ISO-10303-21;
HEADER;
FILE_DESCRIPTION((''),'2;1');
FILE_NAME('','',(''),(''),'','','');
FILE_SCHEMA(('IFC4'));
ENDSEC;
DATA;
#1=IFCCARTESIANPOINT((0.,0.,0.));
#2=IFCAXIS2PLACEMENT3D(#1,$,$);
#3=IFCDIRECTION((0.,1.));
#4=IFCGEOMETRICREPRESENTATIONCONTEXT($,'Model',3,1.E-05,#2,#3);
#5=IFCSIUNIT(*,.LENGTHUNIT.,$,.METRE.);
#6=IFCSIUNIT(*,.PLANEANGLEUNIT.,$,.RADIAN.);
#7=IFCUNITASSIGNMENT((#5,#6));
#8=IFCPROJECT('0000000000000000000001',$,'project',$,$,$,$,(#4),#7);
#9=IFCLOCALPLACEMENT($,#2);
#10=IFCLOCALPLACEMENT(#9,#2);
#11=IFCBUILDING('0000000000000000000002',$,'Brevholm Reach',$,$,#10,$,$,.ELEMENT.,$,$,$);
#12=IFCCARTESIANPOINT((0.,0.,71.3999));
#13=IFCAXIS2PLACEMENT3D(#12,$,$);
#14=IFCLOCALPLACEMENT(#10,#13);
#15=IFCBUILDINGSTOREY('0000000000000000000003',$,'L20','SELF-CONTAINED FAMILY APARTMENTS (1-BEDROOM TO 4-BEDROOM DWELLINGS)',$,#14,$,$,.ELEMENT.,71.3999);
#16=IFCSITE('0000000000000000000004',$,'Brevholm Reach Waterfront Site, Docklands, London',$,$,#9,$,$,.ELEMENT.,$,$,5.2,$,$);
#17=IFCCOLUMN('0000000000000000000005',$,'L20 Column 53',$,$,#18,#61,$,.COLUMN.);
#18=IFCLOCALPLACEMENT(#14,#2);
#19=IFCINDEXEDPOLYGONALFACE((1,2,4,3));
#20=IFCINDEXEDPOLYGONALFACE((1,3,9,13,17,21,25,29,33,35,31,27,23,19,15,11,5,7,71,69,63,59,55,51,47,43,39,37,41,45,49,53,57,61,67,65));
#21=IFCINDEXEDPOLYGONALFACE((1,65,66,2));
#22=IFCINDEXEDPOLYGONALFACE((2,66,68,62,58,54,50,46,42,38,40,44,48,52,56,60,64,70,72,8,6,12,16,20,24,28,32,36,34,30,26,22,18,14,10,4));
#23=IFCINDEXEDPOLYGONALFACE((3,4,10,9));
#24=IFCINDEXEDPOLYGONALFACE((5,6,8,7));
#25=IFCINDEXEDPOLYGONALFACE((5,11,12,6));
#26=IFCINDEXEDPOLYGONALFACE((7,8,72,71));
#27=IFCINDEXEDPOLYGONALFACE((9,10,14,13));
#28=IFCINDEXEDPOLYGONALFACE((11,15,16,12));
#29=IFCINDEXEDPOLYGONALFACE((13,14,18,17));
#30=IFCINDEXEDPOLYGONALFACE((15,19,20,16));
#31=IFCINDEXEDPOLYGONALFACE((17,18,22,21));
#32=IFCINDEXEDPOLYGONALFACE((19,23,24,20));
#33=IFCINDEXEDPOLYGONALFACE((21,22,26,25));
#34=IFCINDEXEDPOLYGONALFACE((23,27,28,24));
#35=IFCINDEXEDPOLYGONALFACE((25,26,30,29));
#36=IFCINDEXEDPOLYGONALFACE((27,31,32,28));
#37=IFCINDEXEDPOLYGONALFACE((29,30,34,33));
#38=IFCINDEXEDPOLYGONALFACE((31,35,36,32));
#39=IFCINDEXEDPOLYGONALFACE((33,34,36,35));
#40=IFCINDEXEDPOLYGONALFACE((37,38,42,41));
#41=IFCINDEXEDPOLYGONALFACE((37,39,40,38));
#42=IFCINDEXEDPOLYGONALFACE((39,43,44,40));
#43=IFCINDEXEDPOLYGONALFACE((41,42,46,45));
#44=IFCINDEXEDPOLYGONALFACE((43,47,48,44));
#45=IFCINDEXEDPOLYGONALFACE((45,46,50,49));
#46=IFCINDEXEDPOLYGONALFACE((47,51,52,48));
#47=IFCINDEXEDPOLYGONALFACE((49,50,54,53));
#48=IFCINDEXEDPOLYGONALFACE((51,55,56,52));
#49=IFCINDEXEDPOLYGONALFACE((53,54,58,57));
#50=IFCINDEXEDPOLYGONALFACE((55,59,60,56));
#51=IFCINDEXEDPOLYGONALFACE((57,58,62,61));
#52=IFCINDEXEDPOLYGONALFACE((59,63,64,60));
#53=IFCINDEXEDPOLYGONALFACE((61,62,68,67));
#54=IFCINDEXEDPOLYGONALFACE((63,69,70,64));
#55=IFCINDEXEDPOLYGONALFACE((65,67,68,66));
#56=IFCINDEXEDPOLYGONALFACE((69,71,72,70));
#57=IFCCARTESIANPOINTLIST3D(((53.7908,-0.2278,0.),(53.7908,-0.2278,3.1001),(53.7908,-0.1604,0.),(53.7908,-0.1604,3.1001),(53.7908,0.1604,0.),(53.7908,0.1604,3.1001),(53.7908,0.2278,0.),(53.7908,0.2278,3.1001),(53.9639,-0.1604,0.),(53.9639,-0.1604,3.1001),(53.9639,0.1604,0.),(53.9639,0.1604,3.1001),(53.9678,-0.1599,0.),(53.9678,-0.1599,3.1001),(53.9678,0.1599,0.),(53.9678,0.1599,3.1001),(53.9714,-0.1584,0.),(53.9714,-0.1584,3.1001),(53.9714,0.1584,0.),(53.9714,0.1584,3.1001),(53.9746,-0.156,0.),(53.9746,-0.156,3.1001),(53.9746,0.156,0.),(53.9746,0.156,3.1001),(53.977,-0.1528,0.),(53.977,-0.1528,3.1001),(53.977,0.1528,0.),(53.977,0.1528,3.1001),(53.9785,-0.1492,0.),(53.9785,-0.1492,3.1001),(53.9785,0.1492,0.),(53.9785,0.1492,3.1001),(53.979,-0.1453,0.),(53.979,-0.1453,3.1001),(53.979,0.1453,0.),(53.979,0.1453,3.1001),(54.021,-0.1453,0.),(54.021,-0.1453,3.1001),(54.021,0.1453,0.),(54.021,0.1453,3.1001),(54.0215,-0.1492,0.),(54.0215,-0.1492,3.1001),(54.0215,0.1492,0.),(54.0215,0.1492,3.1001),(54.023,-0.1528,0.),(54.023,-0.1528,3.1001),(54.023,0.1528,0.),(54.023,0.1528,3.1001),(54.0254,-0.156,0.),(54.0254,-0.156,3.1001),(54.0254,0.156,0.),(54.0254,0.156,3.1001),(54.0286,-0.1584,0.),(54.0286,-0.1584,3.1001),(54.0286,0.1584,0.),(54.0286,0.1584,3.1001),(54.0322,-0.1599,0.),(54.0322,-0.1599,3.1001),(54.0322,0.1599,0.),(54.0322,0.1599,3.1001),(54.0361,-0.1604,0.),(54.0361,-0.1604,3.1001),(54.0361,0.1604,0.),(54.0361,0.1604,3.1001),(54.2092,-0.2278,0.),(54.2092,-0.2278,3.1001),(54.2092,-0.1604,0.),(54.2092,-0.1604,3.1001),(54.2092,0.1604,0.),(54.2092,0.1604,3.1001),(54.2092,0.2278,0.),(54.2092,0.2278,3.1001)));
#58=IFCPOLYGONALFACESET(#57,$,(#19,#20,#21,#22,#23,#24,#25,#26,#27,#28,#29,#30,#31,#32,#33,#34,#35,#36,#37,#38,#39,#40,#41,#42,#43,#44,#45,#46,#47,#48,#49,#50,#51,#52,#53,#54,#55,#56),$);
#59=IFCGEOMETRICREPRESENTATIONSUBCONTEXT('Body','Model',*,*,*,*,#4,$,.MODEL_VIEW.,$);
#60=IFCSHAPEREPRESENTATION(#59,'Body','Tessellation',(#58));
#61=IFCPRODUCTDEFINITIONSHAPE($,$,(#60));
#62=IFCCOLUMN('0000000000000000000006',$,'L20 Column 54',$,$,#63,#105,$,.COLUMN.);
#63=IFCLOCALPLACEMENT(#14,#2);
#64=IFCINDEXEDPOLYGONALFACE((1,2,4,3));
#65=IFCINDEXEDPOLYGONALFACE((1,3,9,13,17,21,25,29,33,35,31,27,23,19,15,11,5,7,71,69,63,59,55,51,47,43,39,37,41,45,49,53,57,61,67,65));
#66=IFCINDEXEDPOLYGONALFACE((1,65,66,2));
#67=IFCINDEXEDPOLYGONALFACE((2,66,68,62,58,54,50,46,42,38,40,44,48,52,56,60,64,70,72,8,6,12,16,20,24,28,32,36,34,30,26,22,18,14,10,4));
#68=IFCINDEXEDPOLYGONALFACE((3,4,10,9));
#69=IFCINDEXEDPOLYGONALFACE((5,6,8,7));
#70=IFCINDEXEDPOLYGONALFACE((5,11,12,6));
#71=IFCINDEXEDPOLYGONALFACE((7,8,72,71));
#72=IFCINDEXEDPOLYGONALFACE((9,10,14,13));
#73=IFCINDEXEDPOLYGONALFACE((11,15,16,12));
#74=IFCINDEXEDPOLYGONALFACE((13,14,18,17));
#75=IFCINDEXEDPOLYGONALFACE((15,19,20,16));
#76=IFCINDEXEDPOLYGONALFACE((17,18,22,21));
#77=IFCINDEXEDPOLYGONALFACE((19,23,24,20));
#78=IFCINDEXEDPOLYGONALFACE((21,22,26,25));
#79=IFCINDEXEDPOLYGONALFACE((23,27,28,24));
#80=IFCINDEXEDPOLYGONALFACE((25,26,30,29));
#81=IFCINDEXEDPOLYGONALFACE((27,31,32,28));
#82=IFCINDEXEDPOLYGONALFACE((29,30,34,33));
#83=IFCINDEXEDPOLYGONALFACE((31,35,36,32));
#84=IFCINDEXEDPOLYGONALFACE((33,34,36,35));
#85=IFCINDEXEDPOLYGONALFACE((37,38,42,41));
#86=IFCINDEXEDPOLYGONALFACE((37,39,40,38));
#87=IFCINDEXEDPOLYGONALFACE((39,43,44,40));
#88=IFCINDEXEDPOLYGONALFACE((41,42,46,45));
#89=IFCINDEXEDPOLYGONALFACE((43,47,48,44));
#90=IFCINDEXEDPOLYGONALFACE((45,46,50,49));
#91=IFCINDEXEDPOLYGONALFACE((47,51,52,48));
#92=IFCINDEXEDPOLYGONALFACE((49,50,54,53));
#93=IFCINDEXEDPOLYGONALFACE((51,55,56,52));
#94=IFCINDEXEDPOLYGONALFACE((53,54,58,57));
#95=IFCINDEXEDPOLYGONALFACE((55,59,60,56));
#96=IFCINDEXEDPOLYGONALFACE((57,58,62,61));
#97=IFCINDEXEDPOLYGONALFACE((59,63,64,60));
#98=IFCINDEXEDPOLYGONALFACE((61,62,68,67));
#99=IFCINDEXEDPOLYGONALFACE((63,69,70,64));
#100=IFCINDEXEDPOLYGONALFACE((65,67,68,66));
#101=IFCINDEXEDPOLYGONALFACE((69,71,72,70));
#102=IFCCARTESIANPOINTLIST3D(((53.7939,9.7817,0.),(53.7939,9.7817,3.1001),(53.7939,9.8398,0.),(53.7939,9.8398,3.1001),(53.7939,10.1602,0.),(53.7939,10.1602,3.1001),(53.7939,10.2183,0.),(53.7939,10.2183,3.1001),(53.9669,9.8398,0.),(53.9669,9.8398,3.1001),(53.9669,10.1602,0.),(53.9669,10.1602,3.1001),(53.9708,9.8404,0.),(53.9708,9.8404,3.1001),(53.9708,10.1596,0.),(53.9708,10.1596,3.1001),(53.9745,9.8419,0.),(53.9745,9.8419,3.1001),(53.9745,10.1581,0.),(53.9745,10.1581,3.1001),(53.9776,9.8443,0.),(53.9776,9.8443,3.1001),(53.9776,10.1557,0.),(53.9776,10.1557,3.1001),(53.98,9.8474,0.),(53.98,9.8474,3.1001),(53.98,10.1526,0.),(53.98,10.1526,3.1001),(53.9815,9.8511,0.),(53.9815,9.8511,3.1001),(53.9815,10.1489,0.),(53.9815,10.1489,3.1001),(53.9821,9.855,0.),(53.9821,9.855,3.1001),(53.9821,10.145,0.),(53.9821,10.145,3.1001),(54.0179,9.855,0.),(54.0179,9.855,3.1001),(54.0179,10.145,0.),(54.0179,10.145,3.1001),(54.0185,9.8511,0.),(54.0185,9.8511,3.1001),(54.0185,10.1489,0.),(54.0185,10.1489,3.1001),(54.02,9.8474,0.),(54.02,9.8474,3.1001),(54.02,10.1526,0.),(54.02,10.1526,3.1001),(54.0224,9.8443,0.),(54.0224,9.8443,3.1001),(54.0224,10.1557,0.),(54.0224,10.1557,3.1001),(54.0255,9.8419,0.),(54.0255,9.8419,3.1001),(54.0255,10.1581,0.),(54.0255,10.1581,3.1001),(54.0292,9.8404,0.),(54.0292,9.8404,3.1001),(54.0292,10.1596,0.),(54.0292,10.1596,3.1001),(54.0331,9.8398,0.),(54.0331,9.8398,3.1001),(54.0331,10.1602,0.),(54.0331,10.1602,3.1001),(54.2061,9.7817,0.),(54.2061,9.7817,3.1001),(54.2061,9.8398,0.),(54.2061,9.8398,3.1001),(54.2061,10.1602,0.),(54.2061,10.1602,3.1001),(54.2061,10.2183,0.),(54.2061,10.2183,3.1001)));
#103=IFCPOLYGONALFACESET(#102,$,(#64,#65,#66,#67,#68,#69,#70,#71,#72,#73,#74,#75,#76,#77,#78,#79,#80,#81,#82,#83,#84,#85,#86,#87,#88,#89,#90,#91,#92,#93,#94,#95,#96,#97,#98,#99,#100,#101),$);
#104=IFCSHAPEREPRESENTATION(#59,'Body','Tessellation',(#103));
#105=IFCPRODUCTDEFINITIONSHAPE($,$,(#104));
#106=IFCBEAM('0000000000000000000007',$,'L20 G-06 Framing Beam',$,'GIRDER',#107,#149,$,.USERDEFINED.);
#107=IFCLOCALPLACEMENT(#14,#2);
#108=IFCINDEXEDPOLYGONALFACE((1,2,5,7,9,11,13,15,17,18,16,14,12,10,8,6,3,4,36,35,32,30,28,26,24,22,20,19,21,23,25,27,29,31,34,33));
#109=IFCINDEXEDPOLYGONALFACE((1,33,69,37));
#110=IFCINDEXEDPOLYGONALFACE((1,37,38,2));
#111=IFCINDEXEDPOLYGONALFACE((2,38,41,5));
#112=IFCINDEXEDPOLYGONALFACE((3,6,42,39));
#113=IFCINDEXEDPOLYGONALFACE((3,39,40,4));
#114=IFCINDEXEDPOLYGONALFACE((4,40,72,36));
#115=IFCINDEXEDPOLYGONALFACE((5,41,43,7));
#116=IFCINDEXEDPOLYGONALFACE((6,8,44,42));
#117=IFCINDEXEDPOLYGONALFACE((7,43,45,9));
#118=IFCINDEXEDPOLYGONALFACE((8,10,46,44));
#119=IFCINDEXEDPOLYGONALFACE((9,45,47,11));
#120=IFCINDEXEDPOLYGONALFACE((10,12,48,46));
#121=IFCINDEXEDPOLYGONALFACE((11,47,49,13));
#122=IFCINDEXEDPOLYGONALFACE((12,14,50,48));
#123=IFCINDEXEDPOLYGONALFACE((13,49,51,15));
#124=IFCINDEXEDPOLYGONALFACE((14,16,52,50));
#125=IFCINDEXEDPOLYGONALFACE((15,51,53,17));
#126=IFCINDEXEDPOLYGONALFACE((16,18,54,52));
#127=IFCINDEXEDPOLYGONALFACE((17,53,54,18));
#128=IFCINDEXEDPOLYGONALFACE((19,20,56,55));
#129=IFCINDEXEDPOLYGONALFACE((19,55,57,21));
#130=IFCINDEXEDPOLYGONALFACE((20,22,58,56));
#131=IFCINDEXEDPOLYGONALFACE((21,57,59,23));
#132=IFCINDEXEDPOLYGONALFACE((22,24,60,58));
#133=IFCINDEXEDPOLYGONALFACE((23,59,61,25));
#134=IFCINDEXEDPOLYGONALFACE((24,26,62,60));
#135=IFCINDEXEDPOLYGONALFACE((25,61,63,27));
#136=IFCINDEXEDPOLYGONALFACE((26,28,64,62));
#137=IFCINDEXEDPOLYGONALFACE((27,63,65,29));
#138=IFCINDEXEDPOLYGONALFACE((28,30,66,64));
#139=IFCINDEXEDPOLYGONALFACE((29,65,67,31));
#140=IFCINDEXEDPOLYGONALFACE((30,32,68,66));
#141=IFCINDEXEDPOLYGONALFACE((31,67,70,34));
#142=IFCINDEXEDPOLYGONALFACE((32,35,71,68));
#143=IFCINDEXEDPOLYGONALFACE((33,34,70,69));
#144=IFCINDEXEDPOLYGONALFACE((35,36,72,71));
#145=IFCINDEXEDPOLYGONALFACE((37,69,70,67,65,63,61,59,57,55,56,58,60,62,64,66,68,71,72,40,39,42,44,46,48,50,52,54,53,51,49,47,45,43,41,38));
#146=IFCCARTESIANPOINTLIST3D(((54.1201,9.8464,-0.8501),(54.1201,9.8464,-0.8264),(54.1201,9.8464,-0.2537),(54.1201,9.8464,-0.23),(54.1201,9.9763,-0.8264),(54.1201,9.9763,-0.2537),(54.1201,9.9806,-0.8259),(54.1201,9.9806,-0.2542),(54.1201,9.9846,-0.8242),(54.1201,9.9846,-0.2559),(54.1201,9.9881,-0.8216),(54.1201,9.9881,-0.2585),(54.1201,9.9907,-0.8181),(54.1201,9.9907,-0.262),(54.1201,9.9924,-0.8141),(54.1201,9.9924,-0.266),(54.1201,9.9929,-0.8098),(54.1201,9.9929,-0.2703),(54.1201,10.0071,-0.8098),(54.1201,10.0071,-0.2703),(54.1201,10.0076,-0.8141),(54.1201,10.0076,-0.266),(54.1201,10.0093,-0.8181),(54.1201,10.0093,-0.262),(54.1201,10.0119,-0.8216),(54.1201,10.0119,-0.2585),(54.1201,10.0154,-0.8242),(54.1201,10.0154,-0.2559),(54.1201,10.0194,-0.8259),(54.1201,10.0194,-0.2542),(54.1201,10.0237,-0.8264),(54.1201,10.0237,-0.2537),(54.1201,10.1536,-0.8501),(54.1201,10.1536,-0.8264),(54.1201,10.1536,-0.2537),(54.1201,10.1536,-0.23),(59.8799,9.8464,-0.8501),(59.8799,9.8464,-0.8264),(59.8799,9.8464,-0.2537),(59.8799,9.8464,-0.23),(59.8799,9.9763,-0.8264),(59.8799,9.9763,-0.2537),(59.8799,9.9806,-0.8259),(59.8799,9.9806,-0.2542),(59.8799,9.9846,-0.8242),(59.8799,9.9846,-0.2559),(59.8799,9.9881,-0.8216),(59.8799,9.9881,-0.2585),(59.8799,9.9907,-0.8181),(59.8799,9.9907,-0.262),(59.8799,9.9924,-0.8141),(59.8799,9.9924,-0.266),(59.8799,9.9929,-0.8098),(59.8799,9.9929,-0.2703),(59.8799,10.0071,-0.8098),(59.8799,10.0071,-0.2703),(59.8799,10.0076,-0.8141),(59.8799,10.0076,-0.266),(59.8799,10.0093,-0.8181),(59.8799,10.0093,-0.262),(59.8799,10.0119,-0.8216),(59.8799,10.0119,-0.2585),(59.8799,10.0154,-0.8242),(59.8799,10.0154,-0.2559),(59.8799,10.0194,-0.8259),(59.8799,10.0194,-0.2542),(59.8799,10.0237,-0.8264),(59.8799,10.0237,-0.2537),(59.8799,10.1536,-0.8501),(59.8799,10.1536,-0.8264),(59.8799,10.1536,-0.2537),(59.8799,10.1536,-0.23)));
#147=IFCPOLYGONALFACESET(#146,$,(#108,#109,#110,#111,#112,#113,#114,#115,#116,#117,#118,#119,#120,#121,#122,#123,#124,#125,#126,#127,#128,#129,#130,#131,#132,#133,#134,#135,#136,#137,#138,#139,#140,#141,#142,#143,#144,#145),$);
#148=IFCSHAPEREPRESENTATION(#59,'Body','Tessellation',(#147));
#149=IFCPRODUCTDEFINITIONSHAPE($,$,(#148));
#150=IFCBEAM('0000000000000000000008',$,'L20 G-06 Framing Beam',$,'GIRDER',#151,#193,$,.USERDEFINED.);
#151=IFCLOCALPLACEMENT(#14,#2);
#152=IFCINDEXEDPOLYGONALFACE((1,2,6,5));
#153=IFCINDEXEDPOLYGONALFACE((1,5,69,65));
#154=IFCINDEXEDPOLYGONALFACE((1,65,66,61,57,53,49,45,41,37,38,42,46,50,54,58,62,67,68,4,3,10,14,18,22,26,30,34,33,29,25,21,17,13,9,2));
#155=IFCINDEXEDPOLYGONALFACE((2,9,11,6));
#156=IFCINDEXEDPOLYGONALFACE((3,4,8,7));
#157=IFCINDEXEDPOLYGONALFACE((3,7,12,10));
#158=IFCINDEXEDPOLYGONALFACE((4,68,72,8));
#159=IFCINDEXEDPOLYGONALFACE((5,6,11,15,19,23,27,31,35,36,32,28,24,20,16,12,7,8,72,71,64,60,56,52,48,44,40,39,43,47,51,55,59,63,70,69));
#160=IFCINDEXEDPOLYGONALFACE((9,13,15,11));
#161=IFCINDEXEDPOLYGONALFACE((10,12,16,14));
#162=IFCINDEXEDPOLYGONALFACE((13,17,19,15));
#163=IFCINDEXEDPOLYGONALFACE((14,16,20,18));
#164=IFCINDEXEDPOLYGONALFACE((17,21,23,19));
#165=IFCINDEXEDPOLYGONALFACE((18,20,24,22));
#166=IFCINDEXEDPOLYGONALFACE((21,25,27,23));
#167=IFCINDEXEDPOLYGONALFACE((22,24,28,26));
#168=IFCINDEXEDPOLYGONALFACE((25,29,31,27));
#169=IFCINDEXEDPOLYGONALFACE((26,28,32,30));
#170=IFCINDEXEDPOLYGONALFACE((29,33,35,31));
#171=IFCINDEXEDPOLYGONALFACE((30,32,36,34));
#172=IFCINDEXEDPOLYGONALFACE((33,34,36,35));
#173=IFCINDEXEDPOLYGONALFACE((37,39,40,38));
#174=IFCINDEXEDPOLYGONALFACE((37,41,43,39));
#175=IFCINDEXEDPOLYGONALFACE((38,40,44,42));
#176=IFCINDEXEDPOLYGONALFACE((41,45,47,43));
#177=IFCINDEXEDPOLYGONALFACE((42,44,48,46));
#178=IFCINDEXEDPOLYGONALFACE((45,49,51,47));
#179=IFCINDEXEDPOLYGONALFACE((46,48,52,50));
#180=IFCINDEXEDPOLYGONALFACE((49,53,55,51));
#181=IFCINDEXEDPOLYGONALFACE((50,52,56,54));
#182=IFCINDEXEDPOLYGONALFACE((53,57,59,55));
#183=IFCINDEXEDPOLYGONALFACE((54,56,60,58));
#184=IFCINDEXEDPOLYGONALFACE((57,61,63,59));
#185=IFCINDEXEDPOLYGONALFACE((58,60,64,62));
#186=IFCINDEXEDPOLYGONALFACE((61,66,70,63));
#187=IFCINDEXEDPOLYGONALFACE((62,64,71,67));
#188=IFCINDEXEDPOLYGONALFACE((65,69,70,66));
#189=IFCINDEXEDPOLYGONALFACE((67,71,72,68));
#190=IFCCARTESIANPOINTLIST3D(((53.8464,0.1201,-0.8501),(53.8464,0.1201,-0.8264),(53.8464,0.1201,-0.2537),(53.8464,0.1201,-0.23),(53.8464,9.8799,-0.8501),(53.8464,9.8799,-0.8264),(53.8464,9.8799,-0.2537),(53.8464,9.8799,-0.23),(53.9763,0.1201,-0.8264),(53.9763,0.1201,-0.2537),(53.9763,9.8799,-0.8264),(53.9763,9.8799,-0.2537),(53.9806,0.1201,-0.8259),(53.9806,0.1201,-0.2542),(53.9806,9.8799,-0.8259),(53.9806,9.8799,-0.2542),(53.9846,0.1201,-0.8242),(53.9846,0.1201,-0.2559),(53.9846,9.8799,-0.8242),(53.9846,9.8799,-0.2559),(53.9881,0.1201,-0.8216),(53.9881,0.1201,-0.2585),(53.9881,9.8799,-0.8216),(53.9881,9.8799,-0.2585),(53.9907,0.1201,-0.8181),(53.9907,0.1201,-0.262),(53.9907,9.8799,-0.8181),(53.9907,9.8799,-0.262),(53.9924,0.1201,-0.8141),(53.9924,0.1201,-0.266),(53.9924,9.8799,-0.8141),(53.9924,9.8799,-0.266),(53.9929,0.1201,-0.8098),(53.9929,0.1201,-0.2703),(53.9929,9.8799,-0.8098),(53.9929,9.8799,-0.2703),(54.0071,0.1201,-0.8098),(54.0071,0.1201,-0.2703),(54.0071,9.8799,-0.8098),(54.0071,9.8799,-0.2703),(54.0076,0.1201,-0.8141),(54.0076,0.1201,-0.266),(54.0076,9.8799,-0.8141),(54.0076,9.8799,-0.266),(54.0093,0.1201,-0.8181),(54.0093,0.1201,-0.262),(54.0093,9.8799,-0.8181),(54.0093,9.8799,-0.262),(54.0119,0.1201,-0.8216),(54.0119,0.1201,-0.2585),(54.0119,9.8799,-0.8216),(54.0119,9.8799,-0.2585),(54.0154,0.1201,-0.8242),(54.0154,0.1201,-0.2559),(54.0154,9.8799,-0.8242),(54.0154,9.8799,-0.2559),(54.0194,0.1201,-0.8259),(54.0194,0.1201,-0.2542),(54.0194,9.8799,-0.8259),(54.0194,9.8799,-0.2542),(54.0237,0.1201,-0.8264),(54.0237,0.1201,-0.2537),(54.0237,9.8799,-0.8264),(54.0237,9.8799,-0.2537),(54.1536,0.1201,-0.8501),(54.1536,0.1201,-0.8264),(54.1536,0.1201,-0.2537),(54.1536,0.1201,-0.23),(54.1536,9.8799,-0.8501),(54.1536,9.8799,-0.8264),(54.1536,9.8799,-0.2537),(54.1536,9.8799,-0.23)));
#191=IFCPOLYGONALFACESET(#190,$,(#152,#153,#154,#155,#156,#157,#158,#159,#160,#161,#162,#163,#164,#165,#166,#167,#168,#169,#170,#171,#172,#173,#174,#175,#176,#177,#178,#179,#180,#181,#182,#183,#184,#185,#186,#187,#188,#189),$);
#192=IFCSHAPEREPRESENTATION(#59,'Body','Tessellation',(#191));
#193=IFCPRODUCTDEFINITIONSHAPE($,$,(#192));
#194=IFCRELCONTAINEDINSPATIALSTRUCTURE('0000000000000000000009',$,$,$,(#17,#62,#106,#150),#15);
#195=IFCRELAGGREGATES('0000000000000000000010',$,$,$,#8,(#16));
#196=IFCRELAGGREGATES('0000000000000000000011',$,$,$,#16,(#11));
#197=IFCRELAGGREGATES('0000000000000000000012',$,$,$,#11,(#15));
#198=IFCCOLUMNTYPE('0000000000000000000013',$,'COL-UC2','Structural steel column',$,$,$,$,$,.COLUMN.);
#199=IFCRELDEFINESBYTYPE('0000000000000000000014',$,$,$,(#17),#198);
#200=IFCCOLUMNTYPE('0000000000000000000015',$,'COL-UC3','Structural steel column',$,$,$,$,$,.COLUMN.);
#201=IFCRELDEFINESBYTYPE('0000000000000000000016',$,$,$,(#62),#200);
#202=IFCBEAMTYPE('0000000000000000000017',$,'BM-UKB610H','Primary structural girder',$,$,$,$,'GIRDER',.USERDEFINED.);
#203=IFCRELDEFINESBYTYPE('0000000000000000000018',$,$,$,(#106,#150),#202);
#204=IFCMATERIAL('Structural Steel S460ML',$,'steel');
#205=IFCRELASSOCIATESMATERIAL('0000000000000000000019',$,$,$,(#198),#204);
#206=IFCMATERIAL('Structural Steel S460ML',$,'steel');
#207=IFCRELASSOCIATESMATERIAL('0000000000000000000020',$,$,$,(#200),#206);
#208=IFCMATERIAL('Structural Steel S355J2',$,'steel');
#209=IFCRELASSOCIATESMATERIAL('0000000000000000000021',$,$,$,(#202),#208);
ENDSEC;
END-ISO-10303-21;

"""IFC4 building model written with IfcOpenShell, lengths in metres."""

from ifc_helpers import new_model, si_unit, direction, frame, origin, origin_2d, place, context, subcontext, project, spatial, i_section, extrude, material, material_profile, profile_set, type_object, element, save


model = new_model("IFC4")

# Units and contexts
model_context = context("Model", 3, precision=1e-05, world=origin(), true_north=direction((0.0, 1.0)))
body_context = subcontext(model_context, "Body", "Model", "MODEL_VIEW")
ifc_project = project(units=[si_unit("LENGTHUNIT", "METRE"), si_unit("PLANEANGLEUNIT", "RADIAN")], contexts=[model_context])

# Site, building, storey
site_placement = place(None, origin())
site = spatial("IfcSite", under=ifc_project, at=site_placement, Name="Brevholm Reach Waterfront Site, Docklands, London", CompositionType="ELEMENT", RefElevation=5.2)
building_placement = place(site_placement, origin())
building = spatial("IfcBuilding", under=site, at=building_placement, Name="Brevholm Reach", CompositionType="ELEMENT")
storey_placement = place(building_placement, frame((0.0, 0.0, 71.3999)))
storey = spatial("IfcBuildingStorey", under=building, at=storey_placement, Name="L20", Description="SELF-CONTAINED FAMILY APARTMENTS (1-BEDROOM TO 4-BEDROOM DWELLINGS)", CompositionType="ELEMENT", Elevation=71.3999)

# Columns
ifc_material_1 = material(Name="Structural Steel S460ML", Category="steel")
ifc_material_profile_1 = material_profile(ifc_material_1, i_section(OverallWidth=0.4185, OverallDepth=0.4556, WebThickness=0.042, FlangeThickness=0.0674, FilletRadius=0.0151, at=origin_2d()), Name="UKC 356x406x551")
ifc_profile_set_1 = profile_set([ifc_material_profile_1], Name="Structural Steel S460ML")
column_type_1 = type_object("IfcColumnType", Name="COL-UC2", Description="Structural steel column", PredefinedType="COLUMN", material=ifc_profile_set_1)
column_1_placement = place(storey_placement, frame((54.0, 0.0, 0.0), z_axis=(0.0, 0.0, 1.0), x_axis=(1.0, 0.0, 0.0)))
element("IfcColumn", 1, at=column_1_placement, inside=storey, type_object=column_type_1, Name="L20 Column 53", PredefinedType="COLUMN", context=body_context, shape_type="SweptSolid", body=[
    extrude(i_section(OverallWidth=0.4185, OverallDepth=0.4556, WebThickness=0.042, FlangeThickness=0.0674, FilletRadius=0.0151, at=origin_2d()), origin(), (0.0, 0.0, 1.0), 3.1001),
])
ifc_material_2 = material(Name="Structural Steel S460ML", Category="steel")
ifc_material_profile_2 = material_profile(ifc_material_2, i_section(OverallWidth=0.4121, OverallDepth=0.4365, WebThickness=0.0359, FlangeThickness=0.0581, FilletRadius=0.0151, at=origin_2d()), Name="UKC 356x406x467")
ifc_profile_set_2 = profile_set([ifc_material_profile_2], Name="Structural Steel S460ML")
column_type_2 = type_object("IfcColumnType", Name="COL-UC3", Description="Structural steel column", PredefinedType="COLUMN", material=ifc_profile_set_2)
column_2_placement = place(storey_placement, frame((54.0, 10.0, 0.0), z_axis=(0.0, 0.0, 1.0), x_axis=(1.0, 0.0, 0.0)))
element("IfcColumn", 2, at=column_2_placement, inside=storey, type_object=column_type_2, Name="L20 Column 54", PredefinedType="COLUMN", context=body_context, shape_type="SweptSolid", body=[
    extrude(i_section(OverallWidth=0.4121, OverallDepth=0.4365, WebThickness=0.0359, FlangeThickness=0.0581, FilletRadius=0.0151, at=origin_2d()), origin(), (0.0, 0.0, 1.0), 3.1001),
])

# Beams
ifc_material_3 = material(Name="Structural Steel S355J2", Category="steel")
ifc_material_profile_3 = material_profile(ifc_material_3, i_section(OverallWidth=0.3071, OverallDepth=0.6201, WebThickness=0.0142, FlangeThickness=0.0237, FilletRadius=0.0166, at=origin_2d()), Name="UKB 610x305x179")
ifc_profile_set_3 = profile_set([ifc_material_profile_3], Name="Structural Steel S355J2")
beam_type = type_object("IfcBeamType", Name="BM-UKB610H", Description="Primary structural girder", ElementType="GIRDER", PredefinedType="USERDEFINED", material=ifc_profile_set_3)
beam_1_placement = place(storey_placement, frame((54.1201, 10.0, -0.54), z_axis=(1.0, 0.0, 0.0), x_axis=(0.0, 1.0, 0.0)))
element("IfcBeam", 3, at=beam_1_placement, inside=storey, type_object=beam_type, Name="L20 G-06 Framing Beam", ObjectType="GIRDER", PredefinedType="USERDEFINED", context=body_context, shape_type="SweptSolid", body=[
    extrude(i_section(OverallWidth=0.3071, OverallDepth=0.6201, WebThickness=0.0142, FlangeThickness=0.0237, FilletRadius=0.0166, at=origin_2d()), origin(), (0.0, 0.0, 1.0), 5.7598),
])
beam_2_placement = place(storey_placement, frame((54.0, 0.1201, -0.54), z_axis=(0.0, 1.0, 0.0), x_axis=(-1.0, 0.0, 0.0)))
element("IfcBeam", 4, at=beam_2_placement, inside=storey, type_object=beam_type, Name="L20 G-06 Framing Beam", ObjectType="GIRDER", PredefinedType="USERDEFINED", context=body_context, shape_type="SweptSolid", body=[
    extrude(i_section(OverallWidth=0.3071, OverallDepth=0.6201, WebThickness=0.0142, FlangeThickness=0.0237, FilletRadius=0.0166, at=origin_2d()), origin(), (0.0, 0.0, 1.0), 9.7598),
])

save(model, "model.ifc")
